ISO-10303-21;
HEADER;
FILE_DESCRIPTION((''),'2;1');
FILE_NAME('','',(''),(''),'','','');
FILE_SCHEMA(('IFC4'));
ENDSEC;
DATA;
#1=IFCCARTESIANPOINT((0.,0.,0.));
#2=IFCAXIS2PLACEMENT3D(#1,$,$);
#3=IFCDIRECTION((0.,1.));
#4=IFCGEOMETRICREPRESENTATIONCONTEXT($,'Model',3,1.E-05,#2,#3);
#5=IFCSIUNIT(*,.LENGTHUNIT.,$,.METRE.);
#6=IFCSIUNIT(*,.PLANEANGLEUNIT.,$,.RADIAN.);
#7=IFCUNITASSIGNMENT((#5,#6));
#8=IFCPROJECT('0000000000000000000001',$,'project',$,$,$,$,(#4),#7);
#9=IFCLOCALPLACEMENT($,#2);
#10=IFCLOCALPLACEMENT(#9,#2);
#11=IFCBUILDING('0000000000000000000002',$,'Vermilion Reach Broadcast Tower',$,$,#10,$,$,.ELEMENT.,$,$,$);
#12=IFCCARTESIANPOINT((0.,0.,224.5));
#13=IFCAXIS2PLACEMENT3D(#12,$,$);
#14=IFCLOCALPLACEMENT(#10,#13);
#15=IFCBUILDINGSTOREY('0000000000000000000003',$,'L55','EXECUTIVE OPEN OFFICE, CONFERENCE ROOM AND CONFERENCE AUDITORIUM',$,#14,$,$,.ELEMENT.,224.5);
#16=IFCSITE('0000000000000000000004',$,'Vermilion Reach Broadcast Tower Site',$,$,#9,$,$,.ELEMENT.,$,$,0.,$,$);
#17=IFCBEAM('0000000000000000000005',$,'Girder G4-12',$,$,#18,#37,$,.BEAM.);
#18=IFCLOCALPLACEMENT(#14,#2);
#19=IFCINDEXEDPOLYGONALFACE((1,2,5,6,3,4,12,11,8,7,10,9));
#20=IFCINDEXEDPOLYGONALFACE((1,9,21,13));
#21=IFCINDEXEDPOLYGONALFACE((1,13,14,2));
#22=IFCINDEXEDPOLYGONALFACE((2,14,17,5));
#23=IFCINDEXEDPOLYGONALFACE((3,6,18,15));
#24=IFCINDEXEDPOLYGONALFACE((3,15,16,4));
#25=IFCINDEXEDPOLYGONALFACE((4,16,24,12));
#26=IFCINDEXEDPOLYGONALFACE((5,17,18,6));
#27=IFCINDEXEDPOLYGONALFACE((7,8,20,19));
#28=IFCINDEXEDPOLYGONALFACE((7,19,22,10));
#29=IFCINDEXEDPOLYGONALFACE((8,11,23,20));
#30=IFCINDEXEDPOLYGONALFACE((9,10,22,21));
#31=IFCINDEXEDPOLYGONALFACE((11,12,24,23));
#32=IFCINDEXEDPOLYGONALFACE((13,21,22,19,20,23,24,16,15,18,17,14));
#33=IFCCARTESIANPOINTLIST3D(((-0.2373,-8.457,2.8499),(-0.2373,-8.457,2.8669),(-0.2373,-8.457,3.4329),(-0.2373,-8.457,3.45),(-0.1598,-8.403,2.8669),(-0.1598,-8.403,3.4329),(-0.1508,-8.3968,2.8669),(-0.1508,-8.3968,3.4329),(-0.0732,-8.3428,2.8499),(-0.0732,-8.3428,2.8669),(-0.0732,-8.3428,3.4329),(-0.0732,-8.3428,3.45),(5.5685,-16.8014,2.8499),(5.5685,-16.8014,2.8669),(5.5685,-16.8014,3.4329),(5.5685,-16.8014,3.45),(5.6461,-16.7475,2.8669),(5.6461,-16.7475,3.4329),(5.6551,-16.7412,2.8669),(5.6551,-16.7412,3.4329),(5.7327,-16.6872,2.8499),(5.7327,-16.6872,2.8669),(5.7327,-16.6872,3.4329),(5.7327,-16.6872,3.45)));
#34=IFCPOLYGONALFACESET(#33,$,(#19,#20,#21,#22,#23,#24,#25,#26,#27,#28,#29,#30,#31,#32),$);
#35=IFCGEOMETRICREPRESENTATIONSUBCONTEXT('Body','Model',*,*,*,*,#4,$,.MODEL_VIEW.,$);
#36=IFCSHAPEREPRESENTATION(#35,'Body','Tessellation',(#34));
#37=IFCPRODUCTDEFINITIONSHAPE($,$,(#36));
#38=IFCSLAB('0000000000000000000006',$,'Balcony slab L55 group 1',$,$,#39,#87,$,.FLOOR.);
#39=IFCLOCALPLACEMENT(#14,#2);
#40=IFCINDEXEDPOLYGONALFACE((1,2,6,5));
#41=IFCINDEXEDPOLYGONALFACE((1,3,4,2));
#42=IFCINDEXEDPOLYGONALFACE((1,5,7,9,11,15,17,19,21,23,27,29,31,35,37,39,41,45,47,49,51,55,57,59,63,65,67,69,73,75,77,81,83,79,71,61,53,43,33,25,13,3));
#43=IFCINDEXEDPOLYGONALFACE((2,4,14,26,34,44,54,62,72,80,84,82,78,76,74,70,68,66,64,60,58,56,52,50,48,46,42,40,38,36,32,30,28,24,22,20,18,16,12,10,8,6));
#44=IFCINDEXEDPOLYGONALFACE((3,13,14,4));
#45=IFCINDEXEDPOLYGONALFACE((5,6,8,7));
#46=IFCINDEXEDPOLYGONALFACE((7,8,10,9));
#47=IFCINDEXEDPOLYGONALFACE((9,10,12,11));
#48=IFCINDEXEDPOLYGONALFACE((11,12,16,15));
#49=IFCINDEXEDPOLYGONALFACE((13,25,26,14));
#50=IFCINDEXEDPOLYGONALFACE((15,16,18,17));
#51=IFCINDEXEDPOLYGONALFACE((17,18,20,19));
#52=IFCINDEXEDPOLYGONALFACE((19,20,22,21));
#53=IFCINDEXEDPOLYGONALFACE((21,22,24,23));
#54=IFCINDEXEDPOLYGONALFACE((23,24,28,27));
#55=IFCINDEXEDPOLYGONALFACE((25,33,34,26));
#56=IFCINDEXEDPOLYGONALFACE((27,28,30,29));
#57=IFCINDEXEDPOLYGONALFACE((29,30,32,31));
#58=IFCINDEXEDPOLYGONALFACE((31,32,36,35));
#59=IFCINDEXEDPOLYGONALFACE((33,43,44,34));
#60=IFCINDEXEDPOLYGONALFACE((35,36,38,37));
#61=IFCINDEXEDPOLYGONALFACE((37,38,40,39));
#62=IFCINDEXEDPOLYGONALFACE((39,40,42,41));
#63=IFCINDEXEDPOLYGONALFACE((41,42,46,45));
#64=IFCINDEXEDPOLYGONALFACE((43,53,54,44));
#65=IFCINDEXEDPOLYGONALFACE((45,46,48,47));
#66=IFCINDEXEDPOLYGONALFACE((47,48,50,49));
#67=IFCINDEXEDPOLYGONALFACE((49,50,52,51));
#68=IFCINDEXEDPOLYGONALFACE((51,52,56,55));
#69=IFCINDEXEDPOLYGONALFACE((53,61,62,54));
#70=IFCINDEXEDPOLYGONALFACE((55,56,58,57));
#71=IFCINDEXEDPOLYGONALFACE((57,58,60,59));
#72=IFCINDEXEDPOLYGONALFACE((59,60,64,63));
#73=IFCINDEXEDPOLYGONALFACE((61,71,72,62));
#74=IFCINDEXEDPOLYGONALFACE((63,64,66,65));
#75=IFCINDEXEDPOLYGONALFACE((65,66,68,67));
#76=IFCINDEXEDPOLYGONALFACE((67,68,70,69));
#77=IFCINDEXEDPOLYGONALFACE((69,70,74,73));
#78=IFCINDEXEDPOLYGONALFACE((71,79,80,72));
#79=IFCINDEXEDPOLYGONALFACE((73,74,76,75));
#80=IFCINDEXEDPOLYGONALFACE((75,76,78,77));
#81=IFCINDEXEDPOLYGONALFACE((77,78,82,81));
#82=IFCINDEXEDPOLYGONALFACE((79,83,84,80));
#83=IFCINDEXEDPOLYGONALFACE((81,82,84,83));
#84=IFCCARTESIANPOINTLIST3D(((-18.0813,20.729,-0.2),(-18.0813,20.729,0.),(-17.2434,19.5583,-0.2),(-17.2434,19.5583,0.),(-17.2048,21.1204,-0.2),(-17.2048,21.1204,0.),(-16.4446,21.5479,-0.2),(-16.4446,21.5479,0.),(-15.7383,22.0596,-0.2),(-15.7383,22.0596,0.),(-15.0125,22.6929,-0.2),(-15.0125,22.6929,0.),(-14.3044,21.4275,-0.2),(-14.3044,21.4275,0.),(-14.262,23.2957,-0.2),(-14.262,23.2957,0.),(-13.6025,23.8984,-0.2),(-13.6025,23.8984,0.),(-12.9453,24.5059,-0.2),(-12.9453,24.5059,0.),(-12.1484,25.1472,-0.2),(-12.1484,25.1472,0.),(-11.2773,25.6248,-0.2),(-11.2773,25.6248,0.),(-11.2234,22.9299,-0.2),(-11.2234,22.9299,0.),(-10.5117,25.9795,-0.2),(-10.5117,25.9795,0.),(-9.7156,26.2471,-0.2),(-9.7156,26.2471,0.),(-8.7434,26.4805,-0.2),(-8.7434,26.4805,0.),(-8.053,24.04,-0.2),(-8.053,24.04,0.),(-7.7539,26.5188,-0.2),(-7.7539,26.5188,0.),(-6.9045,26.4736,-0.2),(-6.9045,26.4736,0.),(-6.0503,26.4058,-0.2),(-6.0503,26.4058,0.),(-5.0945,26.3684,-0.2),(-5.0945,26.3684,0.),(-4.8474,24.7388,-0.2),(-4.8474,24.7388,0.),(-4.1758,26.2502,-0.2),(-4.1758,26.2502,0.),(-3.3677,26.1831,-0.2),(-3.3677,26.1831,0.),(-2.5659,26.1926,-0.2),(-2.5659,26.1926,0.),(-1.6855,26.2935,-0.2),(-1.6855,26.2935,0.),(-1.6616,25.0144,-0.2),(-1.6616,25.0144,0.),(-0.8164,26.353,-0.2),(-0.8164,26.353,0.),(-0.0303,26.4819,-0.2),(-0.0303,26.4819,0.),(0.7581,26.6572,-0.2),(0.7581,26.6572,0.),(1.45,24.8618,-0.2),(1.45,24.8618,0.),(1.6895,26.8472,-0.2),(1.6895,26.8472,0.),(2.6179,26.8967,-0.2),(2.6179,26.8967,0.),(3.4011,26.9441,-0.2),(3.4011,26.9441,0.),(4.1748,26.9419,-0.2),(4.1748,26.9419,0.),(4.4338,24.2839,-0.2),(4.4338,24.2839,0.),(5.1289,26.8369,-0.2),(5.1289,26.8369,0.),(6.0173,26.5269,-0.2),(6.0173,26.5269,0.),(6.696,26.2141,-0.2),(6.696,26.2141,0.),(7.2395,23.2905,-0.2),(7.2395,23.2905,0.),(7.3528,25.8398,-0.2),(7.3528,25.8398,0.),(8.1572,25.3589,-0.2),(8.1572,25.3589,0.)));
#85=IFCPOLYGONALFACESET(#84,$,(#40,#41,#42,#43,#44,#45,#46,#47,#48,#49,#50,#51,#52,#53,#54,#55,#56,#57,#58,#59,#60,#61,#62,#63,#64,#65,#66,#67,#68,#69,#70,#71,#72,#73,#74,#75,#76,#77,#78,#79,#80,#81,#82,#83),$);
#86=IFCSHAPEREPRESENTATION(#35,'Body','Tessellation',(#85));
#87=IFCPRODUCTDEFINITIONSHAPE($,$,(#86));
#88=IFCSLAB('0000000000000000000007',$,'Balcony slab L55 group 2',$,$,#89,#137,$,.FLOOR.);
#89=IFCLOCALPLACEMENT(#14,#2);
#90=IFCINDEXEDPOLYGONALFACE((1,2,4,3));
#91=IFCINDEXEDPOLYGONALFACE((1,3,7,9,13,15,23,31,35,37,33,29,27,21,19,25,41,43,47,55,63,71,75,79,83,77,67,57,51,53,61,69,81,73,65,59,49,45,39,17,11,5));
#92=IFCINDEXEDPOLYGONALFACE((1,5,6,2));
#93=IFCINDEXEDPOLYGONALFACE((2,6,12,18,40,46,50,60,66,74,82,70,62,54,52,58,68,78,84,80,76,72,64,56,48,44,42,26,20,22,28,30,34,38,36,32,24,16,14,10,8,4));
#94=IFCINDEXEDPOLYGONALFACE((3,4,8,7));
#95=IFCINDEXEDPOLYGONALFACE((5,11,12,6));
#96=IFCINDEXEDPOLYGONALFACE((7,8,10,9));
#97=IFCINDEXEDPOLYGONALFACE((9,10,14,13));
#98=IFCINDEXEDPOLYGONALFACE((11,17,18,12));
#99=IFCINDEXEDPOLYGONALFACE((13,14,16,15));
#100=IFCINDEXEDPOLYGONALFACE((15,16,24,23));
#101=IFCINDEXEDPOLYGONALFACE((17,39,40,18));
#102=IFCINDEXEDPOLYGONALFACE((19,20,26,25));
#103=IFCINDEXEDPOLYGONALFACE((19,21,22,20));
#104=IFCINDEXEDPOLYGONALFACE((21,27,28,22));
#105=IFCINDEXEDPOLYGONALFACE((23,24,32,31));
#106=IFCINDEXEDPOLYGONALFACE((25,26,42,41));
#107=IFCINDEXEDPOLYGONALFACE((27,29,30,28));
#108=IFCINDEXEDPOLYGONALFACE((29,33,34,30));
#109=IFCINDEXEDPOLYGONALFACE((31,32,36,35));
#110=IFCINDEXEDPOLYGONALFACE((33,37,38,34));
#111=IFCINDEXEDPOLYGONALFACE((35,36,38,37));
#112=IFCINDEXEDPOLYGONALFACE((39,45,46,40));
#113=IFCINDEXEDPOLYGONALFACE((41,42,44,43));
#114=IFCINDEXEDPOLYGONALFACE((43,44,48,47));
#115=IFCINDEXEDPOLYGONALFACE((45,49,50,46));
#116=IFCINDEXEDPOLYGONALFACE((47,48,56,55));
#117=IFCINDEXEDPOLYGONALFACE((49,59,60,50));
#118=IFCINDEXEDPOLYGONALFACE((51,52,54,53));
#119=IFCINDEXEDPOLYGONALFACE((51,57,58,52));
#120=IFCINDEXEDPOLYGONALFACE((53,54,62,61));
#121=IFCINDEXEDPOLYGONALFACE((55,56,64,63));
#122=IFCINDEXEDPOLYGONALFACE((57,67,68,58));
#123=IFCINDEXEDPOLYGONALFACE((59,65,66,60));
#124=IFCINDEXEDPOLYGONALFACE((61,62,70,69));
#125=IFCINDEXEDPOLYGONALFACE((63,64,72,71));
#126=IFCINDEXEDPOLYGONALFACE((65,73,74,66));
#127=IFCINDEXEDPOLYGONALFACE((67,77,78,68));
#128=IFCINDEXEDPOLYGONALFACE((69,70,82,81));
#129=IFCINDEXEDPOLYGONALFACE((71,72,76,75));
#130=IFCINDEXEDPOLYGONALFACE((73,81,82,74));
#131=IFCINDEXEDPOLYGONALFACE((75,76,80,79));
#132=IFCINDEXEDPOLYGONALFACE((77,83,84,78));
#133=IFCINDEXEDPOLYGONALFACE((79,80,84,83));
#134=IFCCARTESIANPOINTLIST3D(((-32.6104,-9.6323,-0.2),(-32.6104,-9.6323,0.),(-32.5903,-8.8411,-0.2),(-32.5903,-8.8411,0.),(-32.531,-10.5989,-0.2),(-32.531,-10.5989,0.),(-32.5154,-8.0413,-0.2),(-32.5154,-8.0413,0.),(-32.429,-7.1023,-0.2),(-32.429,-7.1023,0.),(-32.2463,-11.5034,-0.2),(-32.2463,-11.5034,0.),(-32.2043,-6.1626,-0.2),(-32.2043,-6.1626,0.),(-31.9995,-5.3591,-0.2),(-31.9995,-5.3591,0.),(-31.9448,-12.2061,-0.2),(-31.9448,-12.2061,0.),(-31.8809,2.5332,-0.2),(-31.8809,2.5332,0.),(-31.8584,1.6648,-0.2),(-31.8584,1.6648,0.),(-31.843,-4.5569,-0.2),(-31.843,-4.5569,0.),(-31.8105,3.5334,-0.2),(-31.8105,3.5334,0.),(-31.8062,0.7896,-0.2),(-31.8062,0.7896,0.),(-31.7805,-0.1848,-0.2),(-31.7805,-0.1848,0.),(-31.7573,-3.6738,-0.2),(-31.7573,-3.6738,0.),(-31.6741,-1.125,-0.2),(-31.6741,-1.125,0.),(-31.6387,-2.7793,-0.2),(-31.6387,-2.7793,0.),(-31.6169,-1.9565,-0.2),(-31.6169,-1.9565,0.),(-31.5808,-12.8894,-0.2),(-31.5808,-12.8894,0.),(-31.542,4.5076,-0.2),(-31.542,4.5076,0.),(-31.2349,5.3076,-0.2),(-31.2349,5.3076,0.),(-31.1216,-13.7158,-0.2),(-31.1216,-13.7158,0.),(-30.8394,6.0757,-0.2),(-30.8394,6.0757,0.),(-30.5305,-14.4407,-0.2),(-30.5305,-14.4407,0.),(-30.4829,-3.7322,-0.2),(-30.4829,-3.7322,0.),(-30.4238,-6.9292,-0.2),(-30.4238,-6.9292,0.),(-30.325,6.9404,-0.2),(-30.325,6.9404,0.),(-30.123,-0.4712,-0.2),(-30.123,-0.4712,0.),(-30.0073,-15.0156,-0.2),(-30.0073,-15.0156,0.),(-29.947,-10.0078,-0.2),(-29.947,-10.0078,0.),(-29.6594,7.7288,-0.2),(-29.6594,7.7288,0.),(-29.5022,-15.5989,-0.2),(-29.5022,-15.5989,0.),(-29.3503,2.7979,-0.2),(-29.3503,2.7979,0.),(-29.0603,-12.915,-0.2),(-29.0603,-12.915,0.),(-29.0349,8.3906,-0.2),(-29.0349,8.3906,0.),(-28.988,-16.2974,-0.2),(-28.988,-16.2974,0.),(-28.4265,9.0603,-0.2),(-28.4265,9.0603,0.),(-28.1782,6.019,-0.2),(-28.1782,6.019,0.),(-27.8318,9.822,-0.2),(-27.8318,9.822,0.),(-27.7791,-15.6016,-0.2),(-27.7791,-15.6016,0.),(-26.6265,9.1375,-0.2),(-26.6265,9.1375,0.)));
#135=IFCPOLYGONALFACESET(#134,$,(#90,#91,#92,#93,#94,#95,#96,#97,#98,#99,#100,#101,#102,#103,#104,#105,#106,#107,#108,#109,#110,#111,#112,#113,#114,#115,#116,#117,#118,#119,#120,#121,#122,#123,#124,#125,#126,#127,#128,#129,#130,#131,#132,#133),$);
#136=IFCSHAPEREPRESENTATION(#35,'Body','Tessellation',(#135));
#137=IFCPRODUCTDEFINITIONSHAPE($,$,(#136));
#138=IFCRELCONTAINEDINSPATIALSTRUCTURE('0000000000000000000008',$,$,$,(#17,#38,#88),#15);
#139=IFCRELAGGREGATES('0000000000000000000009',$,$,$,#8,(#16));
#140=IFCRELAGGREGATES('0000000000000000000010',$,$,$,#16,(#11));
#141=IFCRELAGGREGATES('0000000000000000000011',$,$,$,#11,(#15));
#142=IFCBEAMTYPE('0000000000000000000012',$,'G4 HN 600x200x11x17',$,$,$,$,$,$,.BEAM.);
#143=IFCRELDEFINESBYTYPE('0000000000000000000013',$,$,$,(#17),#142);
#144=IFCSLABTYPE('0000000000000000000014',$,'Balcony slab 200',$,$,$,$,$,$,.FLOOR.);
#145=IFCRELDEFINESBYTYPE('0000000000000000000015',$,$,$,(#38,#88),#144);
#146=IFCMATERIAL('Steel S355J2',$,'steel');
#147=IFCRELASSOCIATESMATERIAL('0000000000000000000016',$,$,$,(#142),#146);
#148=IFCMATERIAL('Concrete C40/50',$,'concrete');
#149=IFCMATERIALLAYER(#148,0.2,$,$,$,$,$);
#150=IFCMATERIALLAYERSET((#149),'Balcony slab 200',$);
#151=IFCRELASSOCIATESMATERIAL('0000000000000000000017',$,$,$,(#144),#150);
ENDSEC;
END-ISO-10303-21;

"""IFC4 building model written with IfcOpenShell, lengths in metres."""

from ifc_helpers import new_model, si_unit, direction, frame, origin, origin_2d, place, context, subcontext, project, spatial, polyline, i_section, outline, extrude, material, layer, layer_set, material_profile, profile_set, type_object, element, save


model = new_model("IFC4")

# Units and contexts
model_context = context("Model", 3, precision=1e-05, world=origin(), true_north=direction((0.0, 1.0)))
body_context = subcontext(model_context, "Body", "Model", "MODEL_VIEW")
ifc_project = project(units=[si_unit("LENGTHUNIT", "METRE"), si_unit("PLANEANGLEUNIT", "RADIAN")], contexts=[model_context])

# Site, building, storey
site_placement = place(None, origin())
site = spatial("IfcSite", under=ifc_project, at=site_placement, Name="Vermilion Reach Broadcast Tower Site", CompositionType="ELEMENT", RefElevation=0.0)
building_placement = place(site_placement, origin())
building = spatial("IfcBuilding", under=site, at=building_placement, Name="Vermilion Reach Broadcast Tower", CompositionType="ELEMENT")
storey_placement = place(building_placement, frame((0.0, 0.0, 224.5)))
storey = spatial("IfcBuildingStorey", under=building, at=storey_placement, Name="L55", Description="EXECUTIVE OPEN OFFICE, CONFERENCE ROOM AND CONFERENCE AUDITORIUM", CompositionType="ELEMENT", Elevation=224.5)

# Beam
ifc_material_1 = material(Name="Steel S355J2", Category="steel")
ifc_material_profile = material_profile(ifc_material_1, i_section(OverallWidth=0.2, OverallDepth=0.6001, WebThickness=0.011, FlangeThickness=0.0171, at=origin_2d()), Name="S355J2 HN 600x200x11x17")
ifc_profile_set = profile_set([ifc_material_profile], Name="Steel S355J2")
beam_type = type_object("IfcBeamType", Name="G4 HN 600x200x11x17", PredefinedType="BEAM", material=ifc_profile_set)
beam_placement = place(storey_placement, frame((-0.1553, -8.3999, 3.1499), z_axis=(0.571134, -0.820857, 0.0), x_axis=(0.820857, 0.571134, 0.0)))
element("IfcBeam", 1, at=beam_placement, inside=storey, type_object=beam_type, Name="Girder G4-12", PredefinedType="BEAM", context=body_context, shape_type="SweptSolid", body=[
    extrude(i_section(OverallWidth=0.2, OverallDepth=0.6001, WebThickness=0.011, FlangeThickness=0.0171, at=origin_2d()), origin(), (0.0, 0.0, 1.0), 10.1655),
])

# Slabs
ifc_material_2 = material(Name="Concrete C40/50", Category="concrete")
ifc_layer_1 = layer(ifc_material_2, 0.2)
ifc_layer_set_1 = layer_set([ifc_layer_1], Name="Balcony slab 200")
slab_type_1 = type_object("IfcSlabType", Name="Balcony slab 200", PredefinedType="FLOOR", material=ifc_layer_set_1)
placement_1 = place(storey_placement, frame((0.0, 0.0, -0.2)))
element("IfcSlab", 2, at=placement_1, inside=storey, type_object=slab_type_1, Name="Balcony slab L55 group 1", PredefinedType="FLOOR", context=body_context, shape_type="SweptSolid", body=[
    extrude(outline(polyline([(7.2395, 23.2905), (4.4338, 24.2839), (1.45, 24.8618), (-1.6616, 25.0144), (-4.8474, 24.7388), (-8.053, 24.04), (-11.2234, 22.9299), (-14.3044, 21.4275), (-17.2434, 19.5583), (-18.0813, 20.729), (-17.2048, 21.1204), (-16.4446, 21.5479), (-15.7383, 22.0596), (-15.0125, 22.6929), (-14.262, 23.2957), (-13.6025, 23.8984), (-12.9453, 24.5059), (-12.1484, 25.1472), (-11.2773, 25.6248), (-10.5117, 25.9795), (-9.7156, 26.2471), (-8.7434, 26.4805), (-7.7539, 26.5188), (-6.9045, 26.4736), (-6.0503, 26.4058), (-5.0945, 26.3684), (-4.1758, 26.2502), (-3.3677, 26.1831), (-2.5659, 26.1926), (-1.6855, 26.2935), (-0.8164, 26.353), (-0.0303, 26.4819), (0.7581, 26.6572), (1.6895, 26.8472), (2.6179, 26.8967), (3.4011, 26.9441), (4.1748, 26.9419), (5.1289, 26.8369), (6.0173, 26.5269), (6.696, 26.2141), (7.3528, 25.8398), (8.1572, 25.3589), (7.2395, 23.2905)])), origin(), (0.0, 0.0, 1.0), 0.2),
])
element("IfcSlab", 3, at=placement_1, inside=storey, type_object=slab_type_1, Name="Balcony slab L55 group 2", PredefinedType="FLOOR", context=body_context, shape_type="SweptSolid", body=[
    extrude(outline(polyline([(-26.6265, 9.1375), (-28.1782, 6.019), (-29.3503, 2.7979), (-30.123, -0.4712), (-30.4829, -3.7322), (-30.4238, -6.9292), (-29.947, -10.0078), (-29.0603, -12.915), (-27.7791, -15.6016), (-28.988, -16.2974), (-29.5022, -15.5989), (-30.0073, -15.0156), (-30.5305, -14.4407), (-31.1216, -13.7158), (-31.5808, -12.8894), (-31.9448, -12.2061), (-32.2463, -11.5034), (-32.531, -10.5989), (-32.6104, -9.6323), (-32.5903, -8.8411), (-32.5154, -8.0413), (-32.429, -7.1023), (-32.2043, -6.1626), (-31.9995, -5.3591), (-31.843, -4.5569), (-31.7573, -3.6738), (-31.6387, -2.7793), (-31.6169, -1.9565), (-31.6741, -1.125), (-31.7805, -0.1848), (-31.8062, 0.7896), (-31.8584, 1.6648), (-31.8809, 2.5332), (-31.8105, 3.5334), (-31.542, 4.5076), (-31.2349, 5.3076), (-30.8394, 6.0757), (-30.325, 6.9404), (-29.6594, 7.7288), (-29.0349, 8.3906), (-28.4265, 9.0603), (-27.8318, 9.822), (-26.6265, 9.1375)])), origin(), (0.0, 0.0, 1.0), 0.2),
])

save(model, "model.ifc")
